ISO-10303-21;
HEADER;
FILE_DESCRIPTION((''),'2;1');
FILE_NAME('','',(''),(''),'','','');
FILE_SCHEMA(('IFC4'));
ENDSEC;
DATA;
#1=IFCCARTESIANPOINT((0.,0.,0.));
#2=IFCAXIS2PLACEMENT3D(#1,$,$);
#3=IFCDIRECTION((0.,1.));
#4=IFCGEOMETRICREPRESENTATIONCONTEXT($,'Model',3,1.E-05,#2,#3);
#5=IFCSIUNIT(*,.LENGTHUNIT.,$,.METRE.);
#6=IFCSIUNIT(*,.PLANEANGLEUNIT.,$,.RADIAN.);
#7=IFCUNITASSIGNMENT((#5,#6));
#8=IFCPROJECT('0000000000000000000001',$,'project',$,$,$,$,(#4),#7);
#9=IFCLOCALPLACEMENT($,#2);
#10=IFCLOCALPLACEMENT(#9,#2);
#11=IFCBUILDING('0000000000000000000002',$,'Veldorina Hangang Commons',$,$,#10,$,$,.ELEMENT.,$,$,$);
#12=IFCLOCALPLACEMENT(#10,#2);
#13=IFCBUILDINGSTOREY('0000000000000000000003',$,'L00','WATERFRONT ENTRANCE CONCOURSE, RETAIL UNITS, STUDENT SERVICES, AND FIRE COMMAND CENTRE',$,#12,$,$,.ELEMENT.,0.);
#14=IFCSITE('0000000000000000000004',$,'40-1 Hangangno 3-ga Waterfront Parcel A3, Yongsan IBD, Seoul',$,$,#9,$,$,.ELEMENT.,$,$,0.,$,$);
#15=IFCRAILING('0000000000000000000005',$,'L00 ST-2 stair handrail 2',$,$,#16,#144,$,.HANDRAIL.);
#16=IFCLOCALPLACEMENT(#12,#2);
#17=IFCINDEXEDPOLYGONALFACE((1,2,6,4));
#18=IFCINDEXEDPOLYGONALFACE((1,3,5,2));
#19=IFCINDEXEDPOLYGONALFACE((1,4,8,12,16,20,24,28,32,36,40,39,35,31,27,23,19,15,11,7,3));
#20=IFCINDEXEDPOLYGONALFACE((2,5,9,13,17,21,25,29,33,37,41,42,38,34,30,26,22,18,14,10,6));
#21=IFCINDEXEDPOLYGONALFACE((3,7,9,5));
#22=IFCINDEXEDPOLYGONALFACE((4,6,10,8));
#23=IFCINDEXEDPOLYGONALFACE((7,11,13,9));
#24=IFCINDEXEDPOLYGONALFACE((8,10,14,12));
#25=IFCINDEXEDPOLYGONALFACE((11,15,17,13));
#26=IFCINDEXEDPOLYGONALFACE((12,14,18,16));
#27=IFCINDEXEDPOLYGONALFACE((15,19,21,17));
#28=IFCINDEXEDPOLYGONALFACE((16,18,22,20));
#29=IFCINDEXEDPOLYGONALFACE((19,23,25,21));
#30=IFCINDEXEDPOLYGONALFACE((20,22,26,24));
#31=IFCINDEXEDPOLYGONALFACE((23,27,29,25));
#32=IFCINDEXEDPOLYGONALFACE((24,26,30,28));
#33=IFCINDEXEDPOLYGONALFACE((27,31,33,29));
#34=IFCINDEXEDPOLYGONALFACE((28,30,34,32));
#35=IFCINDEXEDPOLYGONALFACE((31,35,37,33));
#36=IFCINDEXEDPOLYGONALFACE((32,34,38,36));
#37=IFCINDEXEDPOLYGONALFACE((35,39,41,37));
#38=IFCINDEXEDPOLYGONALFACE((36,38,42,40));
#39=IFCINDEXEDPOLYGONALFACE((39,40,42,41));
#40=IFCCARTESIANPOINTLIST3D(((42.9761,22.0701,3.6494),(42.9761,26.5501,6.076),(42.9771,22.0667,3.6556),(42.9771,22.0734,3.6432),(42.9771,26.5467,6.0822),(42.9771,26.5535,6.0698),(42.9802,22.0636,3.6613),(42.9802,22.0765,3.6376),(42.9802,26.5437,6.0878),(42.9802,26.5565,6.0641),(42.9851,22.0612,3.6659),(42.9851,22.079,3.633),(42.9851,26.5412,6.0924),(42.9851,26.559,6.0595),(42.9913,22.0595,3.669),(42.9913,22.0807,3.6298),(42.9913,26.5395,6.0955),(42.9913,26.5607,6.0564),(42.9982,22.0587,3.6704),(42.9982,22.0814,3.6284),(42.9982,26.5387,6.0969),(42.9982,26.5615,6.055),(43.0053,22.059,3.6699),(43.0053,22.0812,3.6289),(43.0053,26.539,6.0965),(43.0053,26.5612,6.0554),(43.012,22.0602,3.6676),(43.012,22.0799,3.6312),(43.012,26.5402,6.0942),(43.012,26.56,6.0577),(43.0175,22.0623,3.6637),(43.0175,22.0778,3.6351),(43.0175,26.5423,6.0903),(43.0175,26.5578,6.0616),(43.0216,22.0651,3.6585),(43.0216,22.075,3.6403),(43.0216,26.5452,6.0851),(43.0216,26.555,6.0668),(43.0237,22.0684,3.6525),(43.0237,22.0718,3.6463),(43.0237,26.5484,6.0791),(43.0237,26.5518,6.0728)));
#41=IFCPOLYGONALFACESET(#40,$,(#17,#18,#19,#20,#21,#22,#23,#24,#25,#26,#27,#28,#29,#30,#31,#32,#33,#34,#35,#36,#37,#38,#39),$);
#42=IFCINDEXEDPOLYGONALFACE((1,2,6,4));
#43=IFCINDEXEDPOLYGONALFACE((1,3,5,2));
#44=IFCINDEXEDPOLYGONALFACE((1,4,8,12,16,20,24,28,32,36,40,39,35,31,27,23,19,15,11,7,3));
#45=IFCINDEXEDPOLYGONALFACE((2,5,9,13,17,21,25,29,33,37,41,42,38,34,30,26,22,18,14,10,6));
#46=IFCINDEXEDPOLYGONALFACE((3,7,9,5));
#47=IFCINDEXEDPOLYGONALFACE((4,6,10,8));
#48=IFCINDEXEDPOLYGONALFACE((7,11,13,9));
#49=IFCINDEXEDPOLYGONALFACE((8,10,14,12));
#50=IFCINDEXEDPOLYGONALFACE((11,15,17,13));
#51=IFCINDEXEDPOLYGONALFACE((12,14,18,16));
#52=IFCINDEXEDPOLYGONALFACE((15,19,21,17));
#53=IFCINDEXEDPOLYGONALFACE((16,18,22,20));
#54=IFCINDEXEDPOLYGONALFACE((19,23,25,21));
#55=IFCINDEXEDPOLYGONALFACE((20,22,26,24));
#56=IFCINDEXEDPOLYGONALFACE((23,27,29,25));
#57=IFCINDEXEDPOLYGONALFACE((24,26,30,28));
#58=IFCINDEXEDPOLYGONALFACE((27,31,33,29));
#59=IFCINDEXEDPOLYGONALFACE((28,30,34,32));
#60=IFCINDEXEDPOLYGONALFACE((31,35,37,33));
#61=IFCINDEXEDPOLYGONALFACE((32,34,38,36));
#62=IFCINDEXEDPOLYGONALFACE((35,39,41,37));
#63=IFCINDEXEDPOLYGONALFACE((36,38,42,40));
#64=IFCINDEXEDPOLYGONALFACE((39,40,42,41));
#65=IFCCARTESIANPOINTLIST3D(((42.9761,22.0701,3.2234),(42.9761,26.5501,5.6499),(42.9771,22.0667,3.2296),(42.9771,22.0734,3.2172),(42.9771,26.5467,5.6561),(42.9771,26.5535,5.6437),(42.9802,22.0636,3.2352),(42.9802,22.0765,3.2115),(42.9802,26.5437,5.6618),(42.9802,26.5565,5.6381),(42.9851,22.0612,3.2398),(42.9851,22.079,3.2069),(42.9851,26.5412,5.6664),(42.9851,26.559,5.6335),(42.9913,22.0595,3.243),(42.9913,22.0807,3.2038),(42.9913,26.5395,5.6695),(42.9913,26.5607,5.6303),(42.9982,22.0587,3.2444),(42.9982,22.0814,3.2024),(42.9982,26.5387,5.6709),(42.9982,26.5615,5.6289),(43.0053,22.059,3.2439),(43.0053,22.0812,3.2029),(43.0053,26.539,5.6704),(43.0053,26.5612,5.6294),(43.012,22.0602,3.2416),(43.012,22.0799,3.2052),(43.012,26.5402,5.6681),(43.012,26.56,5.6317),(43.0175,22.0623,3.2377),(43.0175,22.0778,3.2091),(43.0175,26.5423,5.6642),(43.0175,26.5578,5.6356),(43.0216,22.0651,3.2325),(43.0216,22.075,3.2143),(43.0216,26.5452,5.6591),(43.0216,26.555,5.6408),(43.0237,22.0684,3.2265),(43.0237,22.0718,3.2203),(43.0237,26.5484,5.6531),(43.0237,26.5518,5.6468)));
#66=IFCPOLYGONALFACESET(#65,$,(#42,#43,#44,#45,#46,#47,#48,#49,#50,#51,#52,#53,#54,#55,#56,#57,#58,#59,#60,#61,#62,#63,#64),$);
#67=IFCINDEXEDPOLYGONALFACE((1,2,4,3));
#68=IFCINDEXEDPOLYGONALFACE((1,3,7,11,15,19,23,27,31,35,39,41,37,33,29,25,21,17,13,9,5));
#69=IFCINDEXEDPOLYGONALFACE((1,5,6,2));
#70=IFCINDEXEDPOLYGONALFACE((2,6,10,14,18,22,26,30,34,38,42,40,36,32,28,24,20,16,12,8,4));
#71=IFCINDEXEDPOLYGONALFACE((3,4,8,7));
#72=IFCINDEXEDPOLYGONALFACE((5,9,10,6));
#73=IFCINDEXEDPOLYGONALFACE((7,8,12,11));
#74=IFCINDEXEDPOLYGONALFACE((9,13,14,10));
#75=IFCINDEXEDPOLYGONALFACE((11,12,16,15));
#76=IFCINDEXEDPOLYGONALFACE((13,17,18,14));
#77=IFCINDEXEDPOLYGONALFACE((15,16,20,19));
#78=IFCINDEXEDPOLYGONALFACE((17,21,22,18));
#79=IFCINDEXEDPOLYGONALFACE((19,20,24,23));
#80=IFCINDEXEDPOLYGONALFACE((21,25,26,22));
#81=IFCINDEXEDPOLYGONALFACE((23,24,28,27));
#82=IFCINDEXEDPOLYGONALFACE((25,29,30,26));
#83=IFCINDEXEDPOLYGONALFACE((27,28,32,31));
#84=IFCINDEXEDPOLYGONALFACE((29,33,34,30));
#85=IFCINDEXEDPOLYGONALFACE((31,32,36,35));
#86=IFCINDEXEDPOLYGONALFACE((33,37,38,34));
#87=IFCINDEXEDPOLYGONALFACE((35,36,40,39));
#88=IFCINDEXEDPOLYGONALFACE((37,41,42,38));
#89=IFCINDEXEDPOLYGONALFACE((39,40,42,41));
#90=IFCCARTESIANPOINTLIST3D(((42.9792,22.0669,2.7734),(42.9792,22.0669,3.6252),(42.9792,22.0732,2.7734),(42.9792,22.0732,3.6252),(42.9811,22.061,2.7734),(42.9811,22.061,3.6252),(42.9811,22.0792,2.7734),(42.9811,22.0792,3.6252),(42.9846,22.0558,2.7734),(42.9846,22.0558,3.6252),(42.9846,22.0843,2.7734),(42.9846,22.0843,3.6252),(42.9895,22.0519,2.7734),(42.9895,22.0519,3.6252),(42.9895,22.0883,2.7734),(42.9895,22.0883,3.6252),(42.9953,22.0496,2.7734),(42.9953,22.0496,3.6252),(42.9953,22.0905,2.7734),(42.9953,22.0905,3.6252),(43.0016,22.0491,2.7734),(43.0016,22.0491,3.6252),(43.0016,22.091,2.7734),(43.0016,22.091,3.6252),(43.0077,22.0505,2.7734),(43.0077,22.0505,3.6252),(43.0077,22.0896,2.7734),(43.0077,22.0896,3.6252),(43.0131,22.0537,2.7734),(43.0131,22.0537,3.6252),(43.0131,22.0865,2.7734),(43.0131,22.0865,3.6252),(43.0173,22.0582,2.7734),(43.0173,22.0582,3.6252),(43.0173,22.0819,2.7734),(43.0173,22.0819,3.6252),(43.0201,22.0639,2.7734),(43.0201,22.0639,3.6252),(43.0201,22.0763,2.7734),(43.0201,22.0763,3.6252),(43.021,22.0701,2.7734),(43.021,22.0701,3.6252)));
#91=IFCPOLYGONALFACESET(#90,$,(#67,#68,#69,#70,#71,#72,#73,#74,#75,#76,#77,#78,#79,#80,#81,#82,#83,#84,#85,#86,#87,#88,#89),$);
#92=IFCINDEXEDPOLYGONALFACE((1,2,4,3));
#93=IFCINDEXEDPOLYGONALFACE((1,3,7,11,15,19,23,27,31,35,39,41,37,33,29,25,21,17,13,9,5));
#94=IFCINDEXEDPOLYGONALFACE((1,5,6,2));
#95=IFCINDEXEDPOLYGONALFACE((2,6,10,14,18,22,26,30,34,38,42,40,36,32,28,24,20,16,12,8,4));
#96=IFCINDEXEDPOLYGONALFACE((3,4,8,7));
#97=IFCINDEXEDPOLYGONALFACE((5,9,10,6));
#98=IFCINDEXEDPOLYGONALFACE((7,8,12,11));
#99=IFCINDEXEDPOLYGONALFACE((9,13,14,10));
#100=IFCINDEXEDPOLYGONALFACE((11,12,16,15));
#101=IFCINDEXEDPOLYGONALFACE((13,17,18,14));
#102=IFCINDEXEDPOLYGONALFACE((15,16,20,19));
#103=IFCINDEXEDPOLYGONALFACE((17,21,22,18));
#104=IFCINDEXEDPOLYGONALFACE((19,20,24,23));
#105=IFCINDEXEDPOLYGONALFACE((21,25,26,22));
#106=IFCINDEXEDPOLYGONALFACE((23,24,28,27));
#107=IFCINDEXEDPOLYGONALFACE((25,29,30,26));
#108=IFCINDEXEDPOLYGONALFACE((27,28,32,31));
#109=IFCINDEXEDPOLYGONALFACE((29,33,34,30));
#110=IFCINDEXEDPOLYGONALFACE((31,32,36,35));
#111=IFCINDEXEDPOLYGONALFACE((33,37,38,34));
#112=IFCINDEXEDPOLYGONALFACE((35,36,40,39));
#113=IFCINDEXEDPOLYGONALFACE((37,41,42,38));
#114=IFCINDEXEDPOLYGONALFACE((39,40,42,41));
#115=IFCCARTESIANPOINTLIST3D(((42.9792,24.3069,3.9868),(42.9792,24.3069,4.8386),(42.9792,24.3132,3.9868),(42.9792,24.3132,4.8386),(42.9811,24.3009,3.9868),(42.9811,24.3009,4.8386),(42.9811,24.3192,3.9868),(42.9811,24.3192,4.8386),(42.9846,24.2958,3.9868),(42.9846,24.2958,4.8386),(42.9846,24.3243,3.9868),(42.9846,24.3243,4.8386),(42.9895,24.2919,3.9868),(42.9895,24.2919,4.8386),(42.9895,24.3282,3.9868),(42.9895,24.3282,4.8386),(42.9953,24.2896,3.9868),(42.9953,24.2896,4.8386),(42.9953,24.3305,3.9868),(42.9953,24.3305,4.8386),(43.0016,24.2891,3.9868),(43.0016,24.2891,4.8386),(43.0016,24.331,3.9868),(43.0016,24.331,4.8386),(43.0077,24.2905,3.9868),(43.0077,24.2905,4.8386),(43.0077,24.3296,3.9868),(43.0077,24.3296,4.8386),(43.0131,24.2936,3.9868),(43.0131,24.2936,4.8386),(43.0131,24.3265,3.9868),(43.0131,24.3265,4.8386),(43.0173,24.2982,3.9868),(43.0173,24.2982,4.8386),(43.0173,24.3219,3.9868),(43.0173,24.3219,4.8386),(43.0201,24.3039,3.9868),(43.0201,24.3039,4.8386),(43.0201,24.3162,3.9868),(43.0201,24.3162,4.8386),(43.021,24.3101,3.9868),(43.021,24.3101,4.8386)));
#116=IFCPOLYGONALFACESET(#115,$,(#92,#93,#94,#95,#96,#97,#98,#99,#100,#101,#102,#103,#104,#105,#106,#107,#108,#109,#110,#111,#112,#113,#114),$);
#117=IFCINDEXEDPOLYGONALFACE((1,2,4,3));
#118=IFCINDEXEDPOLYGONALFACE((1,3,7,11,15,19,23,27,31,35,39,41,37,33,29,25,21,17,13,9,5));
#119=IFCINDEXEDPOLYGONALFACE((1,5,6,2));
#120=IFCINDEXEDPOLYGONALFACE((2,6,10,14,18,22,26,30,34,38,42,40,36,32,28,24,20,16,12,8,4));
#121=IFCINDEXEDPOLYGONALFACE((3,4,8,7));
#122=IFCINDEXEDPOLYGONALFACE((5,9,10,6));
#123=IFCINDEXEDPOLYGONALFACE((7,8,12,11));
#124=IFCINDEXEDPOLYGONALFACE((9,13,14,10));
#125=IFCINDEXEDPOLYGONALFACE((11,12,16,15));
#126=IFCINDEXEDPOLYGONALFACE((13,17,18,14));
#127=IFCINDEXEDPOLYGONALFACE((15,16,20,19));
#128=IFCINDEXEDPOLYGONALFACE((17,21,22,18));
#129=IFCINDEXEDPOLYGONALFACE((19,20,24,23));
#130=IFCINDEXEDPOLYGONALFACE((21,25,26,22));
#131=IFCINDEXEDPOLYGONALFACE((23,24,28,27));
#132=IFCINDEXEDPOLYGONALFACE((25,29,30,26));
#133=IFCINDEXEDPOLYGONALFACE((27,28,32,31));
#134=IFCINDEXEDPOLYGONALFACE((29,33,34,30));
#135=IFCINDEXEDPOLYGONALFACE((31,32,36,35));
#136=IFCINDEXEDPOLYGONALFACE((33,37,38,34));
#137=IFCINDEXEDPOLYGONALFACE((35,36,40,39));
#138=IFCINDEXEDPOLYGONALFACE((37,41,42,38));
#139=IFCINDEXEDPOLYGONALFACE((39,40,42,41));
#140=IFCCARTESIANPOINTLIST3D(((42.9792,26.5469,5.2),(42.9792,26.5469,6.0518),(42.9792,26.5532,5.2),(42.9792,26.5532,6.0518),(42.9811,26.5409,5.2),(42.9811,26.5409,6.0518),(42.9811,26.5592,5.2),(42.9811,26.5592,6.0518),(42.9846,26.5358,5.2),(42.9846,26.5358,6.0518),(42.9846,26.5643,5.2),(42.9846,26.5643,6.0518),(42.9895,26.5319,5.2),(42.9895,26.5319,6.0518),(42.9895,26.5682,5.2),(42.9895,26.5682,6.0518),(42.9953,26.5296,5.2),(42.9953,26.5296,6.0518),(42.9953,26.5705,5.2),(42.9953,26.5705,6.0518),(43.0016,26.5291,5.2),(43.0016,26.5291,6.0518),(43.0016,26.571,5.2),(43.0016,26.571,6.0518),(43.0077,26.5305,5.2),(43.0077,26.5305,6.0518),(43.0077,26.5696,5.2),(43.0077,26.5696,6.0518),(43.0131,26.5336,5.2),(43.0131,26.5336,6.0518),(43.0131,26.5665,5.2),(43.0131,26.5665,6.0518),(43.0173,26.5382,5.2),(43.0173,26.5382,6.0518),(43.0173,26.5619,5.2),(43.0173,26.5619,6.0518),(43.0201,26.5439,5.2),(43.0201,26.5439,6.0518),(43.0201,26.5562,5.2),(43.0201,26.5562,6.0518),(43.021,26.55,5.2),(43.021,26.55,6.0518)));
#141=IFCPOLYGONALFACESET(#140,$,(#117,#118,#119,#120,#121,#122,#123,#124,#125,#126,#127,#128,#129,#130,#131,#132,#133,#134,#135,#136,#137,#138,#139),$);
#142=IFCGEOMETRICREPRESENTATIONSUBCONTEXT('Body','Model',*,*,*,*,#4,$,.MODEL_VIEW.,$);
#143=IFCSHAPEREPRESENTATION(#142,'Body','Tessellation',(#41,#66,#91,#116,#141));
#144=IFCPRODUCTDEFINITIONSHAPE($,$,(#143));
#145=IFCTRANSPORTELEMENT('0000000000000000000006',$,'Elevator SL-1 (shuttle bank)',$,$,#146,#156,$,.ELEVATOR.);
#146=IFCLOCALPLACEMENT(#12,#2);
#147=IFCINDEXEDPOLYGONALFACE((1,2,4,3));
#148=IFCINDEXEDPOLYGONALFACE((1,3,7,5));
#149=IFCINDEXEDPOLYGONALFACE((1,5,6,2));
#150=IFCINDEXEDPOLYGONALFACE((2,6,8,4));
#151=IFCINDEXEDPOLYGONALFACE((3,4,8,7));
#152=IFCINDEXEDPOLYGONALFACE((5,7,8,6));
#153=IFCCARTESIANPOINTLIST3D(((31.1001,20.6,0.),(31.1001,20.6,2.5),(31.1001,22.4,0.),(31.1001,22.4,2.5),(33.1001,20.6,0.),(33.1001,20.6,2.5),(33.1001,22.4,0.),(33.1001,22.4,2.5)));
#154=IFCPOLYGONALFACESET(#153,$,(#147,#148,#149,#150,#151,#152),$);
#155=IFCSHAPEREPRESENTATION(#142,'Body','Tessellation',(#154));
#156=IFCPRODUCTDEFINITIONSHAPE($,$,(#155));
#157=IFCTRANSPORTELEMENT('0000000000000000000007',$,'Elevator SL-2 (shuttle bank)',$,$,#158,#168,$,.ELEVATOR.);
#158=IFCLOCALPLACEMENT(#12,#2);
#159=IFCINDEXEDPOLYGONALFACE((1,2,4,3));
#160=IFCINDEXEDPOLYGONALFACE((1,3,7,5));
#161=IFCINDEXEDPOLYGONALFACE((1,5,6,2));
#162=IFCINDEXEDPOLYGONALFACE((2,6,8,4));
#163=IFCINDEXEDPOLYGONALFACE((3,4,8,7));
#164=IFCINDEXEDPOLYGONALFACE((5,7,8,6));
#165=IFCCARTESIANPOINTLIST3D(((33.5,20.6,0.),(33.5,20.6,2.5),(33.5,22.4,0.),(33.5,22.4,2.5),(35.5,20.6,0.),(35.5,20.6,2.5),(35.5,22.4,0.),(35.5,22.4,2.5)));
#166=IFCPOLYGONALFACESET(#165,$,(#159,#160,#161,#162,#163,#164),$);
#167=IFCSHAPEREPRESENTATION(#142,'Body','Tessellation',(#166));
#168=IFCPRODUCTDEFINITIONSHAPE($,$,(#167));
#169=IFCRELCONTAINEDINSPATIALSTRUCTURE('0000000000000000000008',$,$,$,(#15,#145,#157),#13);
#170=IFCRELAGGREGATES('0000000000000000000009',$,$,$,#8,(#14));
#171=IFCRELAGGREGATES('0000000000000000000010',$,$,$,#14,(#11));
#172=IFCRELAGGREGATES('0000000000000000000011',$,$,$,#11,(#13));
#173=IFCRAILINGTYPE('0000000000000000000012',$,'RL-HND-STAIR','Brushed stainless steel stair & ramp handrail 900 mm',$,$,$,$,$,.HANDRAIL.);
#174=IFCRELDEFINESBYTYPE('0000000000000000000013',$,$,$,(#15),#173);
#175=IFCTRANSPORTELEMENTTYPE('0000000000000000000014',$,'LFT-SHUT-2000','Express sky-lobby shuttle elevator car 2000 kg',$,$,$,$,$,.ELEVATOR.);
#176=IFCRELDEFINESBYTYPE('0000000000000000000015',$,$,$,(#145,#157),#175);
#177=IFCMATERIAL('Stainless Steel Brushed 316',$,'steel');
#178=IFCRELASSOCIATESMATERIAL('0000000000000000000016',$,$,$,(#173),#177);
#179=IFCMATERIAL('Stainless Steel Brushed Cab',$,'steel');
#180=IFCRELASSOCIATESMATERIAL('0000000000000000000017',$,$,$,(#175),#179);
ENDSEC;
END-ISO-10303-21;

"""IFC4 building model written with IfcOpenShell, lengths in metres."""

from ifc_helpers import new_model, si_unit, direction, frame, origin, origin_2d, place, context, subcontext, project, spatial, rectangle, circle, extrude, material, type_object, element, save


model = new_model("IFC4")

# Units and contexts
model_context = context("Model", 3, precision=1e-05, world=origin(), true_north=direction((0.0, 1.0)))
body_context = subcontext(model_context, "Body", "Model", "MODEL_VIEW")
ifc_project = project(units=[si_unit("LENGTHUNIT", "METRE"), si_unit("PLANEANGLEUNIT", "RADIAN")], contexts=[model_context])

# Site, building, storey
site_placement = place(None, origin())
site = spatial("IfcSite", under=ifc_project, at=site_placement, Name="40-1 Hangangno 3-ga Waterfront Parcel A3, Yongsan IBD, Seoul", CompositionType="ELEMENT", RefElevation=0.0)
building_placement = place(site_placement, origin())
building = spatial("IfcBuilding", under=site, at=building_placement, Name="Veldorina Hangang Commons", CompositionType="ELEMENT")
storey_placement = place(building_placement, origin())
storey = spatial("IfcBuildingStorey", under=building, at=storey_placement, Name="L00", Description="WATERFRONT ENTRANCE CONCOURSE, RETAIL UNITS, STUDENT SERVICES, AND FIRE COMMAND CENTRE", CompositionType="ELEMENT", Elevation=0.0)

# Railing
ifc_material_1 = material(Name="Stainless Steel Brushed 316", Category="steel")
railing_type_1 = type_object("IfcRailingType", Name="RL-HND-STAIR", Description="Brushed stainless steel stair & ramp handrail 900 mm", PredefinedType="HANDRAIL", material=ifc_material_1)
railing_1_placement = place(storey_placement, frame((43.0, 22.0701, 2.7734)))
element("IfcRailing", 1, at=railing_1_placement, inside=storey, type_object=railing_type_1, Name="L00 ST-2 stair handrail 2", PredefinedType="HANDRAIL", context=body_context, shape_type="SweptSolid", body=[
    extrude(circle(Radius=0.0239, at=origin_2d()), frame((0.0, 0.0, 0.876), z_axis=(0.0, 0.879304, 0.476262), x_axis=(-1.0, 0.0, 0.0)), (0.0, 0.0, 1.0), 5.095),
    extrude(circle(Radius=0.0239, at=origin_2d()), frame((0.0, 0.0, 0.45), z_axis=(0.0, 0.879304, 0.476262), x_axis=(-1.0, 0.0, 0.0)), (0.0, 0.0, 1.0), 5.095),
    extrude(circle(Radius=0.021, at=origin_2d()), origin(), (0.0, 0.0, 1.0), 0.8518),
    extrude(circle(Radius=0.021, at=origin_2d()), frame((0.0, 2.24, 1.2134)), (0.0, 0.0, 1.0), 0.8518),
    extrude(circle(Radius=0.021, at=origin_2d()), frame((0.0, 4.48, 2.4265)), (0.0, 0.0, 1.0), 0.8518),
])

# Transport elements
ifc_material_2 = material(Name="Stainless Steel Brushed Cab", Category="steel")
transport_element_type = type_object("IfcTransportElementType", Name="LFT-SHUT-2000", Description="Express sky-lobby shuttle elevator car 2000 kg", PredefinedType="ELEVATOR", material=ifc_material_2)
for number, where, z_axis, x_axis, name in (
    (2, (32.1001, 21.5, 0.0), (0.0, 0.0, 1.0), (1.0, 0.0, 0.0), "Elevator SL-1 (shuttle bank)"),
    (3, (34.5, 21.5, 0.0), (0.0, 0.0, 1.0), (1.0, 0.0, 0.0), "Elevator SL-2 (shuttle bank)"),
):
    element("IfcTransportElement", number, at=place(storey_placement, frame(where, z_axis=z_axis, x_axis=x_axis)), inside=storey, type_object=transport_element_type, Name=name, PredefinedType="ELEVATOR", context=body_context, shape_type="SweptSolid", body=[
        extrude(rectangle(XDim=2.0, YDim=1.8, at=origin_2d()), origin(), (0.0, 0.0, 1.0), 2.5),
    ])

save(model, "model.ifc")
